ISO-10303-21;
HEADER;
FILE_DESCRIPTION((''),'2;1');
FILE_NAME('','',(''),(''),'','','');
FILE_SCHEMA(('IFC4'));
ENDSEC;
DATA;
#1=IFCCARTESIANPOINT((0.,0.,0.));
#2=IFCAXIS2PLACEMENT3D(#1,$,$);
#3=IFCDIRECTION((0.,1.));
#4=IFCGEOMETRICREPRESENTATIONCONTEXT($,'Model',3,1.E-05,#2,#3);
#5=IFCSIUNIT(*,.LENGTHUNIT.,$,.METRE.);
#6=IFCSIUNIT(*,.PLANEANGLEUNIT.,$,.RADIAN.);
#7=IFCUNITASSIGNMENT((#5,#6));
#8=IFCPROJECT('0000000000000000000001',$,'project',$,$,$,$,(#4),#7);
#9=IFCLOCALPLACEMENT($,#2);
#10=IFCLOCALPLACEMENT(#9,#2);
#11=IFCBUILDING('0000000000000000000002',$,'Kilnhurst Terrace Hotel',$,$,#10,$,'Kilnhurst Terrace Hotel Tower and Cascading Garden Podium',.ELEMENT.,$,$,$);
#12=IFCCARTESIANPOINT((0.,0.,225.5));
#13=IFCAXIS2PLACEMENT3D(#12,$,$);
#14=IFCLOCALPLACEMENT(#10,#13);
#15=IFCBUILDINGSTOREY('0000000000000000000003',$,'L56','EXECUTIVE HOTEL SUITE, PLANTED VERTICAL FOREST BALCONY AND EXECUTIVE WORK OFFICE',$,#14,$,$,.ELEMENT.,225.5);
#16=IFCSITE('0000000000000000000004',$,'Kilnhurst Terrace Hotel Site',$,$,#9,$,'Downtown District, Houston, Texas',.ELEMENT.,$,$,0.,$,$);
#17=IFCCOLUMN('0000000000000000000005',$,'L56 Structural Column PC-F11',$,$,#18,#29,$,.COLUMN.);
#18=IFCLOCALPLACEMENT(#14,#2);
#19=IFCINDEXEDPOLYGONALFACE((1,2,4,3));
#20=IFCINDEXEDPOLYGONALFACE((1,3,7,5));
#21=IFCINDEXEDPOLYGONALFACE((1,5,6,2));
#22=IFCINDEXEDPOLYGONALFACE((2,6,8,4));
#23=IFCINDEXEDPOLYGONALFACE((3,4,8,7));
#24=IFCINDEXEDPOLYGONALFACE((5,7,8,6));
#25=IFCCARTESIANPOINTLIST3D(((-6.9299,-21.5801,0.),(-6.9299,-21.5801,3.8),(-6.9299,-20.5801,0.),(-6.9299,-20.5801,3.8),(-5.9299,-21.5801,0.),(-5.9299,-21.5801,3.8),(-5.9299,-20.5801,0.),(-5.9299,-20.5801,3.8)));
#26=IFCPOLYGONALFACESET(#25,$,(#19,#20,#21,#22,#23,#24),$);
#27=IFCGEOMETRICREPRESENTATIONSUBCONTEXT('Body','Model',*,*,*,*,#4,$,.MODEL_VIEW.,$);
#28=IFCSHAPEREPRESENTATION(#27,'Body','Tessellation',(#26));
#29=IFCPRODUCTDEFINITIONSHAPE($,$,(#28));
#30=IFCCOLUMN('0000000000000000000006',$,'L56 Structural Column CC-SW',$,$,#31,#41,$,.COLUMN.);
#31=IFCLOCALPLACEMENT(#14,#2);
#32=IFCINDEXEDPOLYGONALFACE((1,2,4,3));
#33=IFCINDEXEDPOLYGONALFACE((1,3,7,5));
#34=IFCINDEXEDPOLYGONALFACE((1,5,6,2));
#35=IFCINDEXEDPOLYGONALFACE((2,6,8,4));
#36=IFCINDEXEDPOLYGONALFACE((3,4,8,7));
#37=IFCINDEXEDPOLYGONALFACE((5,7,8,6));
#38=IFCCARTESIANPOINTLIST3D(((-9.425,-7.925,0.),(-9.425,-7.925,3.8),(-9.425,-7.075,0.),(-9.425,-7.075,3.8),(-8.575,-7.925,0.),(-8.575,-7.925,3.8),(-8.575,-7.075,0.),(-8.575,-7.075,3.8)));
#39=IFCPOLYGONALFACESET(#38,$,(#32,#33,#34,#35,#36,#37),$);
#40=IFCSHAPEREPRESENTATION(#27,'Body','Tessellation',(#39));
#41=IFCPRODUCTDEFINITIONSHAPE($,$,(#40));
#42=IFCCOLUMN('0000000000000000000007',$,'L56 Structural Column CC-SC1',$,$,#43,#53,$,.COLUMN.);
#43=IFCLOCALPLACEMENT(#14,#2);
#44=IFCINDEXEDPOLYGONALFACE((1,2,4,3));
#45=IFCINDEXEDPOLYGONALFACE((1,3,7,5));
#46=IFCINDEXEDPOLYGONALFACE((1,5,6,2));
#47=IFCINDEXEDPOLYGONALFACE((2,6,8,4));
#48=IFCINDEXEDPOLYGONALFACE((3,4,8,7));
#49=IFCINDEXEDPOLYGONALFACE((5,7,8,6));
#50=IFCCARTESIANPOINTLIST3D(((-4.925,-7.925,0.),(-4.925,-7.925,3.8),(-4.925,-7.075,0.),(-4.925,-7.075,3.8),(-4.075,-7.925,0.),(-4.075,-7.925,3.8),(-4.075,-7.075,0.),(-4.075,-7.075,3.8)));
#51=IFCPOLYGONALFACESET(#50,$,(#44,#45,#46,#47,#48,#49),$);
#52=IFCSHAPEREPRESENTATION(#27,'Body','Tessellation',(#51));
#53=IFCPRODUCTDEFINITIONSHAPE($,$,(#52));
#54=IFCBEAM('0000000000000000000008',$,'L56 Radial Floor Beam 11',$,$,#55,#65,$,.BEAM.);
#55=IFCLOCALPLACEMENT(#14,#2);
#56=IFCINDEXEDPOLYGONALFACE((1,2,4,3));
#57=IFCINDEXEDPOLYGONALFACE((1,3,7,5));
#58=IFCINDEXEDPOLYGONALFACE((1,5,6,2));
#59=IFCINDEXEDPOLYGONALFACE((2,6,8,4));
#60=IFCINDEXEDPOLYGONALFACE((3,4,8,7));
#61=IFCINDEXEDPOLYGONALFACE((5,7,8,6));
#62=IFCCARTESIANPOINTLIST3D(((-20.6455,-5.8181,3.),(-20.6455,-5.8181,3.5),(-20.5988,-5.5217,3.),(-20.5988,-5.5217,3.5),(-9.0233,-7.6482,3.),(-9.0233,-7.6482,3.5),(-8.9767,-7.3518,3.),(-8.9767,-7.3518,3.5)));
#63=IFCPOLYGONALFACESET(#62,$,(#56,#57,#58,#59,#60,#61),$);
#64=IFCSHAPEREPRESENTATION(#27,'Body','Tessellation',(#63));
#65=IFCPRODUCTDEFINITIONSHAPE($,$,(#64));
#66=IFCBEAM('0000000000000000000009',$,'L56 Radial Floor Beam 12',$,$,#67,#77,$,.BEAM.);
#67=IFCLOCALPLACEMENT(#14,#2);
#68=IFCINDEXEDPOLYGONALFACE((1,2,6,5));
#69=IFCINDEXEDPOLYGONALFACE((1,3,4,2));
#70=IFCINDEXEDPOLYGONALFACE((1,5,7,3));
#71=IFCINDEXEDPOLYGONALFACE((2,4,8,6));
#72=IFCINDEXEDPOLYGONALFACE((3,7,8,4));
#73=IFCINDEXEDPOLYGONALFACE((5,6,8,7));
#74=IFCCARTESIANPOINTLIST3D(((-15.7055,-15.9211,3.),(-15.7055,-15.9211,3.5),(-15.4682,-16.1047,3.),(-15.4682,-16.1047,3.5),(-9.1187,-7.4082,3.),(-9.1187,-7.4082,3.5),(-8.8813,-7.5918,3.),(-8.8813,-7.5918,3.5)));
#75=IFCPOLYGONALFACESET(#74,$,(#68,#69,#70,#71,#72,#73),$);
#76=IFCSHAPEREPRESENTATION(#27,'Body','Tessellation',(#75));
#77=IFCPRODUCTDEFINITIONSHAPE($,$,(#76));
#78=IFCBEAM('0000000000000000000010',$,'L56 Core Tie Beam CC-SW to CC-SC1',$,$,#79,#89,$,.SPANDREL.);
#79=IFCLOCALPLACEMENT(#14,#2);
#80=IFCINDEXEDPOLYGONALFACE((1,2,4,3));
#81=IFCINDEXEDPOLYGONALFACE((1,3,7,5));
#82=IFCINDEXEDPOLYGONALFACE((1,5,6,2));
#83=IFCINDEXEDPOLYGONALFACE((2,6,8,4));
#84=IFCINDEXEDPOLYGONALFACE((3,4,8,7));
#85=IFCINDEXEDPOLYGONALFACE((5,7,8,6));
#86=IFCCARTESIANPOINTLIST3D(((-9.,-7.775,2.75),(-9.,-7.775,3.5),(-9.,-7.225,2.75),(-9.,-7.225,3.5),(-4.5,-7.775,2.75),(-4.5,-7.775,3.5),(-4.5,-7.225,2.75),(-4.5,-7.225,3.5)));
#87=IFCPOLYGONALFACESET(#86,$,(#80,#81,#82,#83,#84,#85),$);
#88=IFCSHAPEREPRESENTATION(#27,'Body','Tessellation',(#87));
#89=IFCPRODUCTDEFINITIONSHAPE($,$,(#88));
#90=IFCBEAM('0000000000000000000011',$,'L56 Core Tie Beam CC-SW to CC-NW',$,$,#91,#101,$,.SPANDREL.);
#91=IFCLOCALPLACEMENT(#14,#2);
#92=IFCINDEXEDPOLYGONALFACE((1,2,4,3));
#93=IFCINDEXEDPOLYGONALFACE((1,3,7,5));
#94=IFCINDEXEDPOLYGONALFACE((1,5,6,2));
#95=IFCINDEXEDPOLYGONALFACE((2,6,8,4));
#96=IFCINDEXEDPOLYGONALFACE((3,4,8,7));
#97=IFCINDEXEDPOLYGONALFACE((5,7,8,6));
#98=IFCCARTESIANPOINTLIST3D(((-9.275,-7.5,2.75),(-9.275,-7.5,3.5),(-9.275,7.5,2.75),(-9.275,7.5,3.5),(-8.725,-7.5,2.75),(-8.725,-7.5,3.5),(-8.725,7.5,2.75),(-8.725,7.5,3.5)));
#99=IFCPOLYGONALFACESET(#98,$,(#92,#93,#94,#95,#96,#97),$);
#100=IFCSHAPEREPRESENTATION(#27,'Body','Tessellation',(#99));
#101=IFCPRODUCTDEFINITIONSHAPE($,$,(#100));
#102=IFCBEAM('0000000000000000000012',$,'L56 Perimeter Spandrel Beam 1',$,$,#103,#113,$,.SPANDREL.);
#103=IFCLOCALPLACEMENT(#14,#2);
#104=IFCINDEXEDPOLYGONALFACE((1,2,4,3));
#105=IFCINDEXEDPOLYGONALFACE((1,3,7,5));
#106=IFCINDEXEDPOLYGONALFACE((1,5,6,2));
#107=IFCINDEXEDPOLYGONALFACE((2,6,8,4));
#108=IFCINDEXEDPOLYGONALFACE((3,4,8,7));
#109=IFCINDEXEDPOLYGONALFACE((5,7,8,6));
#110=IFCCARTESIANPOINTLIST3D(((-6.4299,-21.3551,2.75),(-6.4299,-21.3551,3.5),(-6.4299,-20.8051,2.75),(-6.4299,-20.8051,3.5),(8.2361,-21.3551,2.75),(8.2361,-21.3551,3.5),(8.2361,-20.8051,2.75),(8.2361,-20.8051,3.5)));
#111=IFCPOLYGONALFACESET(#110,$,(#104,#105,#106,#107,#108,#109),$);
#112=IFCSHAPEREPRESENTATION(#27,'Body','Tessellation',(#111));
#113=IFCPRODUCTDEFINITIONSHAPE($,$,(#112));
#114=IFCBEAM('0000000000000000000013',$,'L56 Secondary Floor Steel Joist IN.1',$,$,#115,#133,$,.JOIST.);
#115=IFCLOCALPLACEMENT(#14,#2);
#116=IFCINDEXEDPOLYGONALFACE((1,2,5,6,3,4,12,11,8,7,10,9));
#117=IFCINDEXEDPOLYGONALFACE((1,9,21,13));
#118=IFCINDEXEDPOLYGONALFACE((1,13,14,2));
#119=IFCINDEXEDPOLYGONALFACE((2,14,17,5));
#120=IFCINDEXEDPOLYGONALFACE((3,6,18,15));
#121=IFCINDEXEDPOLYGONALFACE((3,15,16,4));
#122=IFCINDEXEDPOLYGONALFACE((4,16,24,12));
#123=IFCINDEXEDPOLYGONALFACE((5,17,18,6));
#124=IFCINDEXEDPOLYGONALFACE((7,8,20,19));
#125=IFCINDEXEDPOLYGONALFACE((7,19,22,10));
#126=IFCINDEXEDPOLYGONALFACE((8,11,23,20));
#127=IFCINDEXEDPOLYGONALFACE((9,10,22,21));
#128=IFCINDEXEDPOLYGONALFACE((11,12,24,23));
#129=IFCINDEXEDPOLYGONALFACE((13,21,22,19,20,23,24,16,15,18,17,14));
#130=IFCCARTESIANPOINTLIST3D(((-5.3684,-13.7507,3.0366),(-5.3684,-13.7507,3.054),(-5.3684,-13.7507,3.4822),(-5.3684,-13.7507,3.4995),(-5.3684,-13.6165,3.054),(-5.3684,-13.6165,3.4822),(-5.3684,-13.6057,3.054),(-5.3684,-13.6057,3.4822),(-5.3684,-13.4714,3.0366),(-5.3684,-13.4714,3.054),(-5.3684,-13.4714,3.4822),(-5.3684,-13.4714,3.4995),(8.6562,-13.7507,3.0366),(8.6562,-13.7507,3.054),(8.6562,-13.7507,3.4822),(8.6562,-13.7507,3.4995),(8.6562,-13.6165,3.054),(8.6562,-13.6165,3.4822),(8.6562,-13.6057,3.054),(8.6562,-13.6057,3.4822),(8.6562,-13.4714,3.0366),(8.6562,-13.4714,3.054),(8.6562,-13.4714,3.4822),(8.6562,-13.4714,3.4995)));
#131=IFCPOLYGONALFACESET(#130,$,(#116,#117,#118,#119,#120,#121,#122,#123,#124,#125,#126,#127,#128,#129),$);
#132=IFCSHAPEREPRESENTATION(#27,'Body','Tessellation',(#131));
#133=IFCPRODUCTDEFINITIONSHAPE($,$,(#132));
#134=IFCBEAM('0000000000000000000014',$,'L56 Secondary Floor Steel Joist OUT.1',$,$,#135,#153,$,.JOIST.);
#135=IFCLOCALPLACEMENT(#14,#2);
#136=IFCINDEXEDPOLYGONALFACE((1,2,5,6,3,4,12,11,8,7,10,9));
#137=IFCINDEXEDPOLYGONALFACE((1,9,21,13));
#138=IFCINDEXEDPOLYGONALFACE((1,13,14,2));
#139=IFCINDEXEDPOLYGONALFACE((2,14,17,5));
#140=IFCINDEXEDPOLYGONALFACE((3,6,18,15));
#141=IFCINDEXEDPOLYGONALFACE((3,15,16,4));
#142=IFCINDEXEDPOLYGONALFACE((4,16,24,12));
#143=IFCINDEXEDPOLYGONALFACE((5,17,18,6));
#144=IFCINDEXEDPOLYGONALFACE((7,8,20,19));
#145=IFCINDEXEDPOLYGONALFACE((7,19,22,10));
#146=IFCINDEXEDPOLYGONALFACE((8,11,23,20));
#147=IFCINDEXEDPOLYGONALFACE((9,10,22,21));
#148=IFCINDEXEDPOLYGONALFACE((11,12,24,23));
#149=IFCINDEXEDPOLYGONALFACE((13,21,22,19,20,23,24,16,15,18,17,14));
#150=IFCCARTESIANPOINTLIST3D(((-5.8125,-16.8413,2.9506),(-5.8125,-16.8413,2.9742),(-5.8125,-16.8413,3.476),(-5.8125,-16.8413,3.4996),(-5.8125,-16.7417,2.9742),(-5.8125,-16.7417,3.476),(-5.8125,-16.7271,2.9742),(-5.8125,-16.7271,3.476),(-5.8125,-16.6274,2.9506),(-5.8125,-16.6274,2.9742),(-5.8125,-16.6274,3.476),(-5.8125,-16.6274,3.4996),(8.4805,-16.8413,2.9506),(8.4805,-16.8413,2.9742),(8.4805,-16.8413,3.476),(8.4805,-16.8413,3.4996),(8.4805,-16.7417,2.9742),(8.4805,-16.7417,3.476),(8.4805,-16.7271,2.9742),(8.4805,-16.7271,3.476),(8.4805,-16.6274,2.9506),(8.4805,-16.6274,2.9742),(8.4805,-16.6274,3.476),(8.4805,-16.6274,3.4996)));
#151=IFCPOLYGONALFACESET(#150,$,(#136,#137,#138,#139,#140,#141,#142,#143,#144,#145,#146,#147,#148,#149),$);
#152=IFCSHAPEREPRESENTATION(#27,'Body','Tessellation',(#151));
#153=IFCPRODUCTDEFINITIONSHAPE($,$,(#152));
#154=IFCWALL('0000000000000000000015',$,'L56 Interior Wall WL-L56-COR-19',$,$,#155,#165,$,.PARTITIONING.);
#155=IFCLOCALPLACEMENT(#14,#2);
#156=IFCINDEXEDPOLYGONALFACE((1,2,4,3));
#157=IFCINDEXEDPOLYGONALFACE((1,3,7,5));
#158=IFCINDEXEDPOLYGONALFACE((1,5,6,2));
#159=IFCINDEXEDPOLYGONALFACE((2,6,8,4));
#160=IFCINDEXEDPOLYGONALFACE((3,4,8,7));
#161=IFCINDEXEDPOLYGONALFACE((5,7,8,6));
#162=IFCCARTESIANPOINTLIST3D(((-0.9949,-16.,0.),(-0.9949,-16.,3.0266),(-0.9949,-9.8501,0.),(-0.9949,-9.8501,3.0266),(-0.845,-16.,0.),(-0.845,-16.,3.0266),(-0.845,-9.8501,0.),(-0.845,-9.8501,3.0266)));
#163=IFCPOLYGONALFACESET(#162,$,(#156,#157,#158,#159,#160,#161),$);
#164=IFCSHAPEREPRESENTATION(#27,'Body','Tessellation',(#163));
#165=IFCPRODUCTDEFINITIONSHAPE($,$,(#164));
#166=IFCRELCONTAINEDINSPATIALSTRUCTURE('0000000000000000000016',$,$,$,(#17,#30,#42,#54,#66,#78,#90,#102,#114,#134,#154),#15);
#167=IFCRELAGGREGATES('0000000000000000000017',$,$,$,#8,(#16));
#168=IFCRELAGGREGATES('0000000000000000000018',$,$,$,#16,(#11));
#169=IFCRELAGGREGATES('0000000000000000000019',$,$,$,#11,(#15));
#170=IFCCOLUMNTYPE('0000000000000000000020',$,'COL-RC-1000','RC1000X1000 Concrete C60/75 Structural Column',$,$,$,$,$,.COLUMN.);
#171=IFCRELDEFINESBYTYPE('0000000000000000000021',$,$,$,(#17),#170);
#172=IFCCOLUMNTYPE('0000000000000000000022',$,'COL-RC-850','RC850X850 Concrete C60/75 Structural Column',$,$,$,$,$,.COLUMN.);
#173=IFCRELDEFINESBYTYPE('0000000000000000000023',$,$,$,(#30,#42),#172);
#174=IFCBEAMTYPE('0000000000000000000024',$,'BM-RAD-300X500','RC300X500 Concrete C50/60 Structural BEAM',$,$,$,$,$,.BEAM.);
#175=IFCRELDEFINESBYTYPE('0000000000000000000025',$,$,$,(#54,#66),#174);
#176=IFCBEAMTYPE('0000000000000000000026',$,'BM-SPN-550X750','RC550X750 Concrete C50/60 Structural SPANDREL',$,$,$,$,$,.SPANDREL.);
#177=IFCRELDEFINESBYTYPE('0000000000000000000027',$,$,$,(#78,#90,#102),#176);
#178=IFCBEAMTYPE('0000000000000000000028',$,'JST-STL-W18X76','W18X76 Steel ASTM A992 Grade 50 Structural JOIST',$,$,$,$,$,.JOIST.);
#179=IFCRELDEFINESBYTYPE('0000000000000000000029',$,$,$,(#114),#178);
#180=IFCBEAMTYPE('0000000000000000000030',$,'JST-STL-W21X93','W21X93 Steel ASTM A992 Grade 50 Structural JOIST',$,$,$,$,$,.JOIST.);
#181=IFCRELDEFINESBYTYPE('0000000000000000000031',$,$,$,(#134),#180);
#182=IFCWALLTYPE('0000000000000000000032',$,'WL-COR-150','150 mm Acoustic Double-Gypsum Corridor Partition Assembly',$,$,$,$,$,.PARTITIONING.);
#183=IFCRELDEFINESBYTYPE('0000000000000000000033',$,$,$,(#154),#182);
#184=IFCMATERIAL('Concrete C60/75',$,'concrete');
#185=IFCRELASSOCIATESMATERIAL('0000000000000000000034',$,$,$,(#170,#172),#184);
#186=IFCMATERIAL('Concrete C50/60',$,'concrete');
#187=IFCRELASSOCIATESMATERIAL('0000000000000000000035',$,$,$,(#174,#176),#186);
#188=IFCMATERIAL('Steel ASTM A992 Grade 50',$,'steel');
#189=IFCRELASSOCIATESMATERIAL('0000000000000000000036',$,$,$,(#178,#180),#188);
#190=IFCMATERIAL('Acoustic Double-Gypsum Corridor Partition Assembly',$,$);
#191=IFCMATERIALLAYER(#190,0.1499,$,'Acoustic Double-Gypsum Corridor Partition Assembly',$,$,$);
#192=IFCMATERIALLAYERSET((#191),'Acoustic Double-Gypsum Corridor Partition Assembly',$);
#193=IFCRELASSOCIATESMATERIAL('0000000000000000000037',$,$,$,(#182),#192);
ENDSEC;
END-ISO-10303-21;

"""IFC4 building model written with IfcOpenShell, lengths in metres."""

from ifc_helpers import new_model, si_unit, direction, frame, frame_2d, origin, origin_2d, place, context, subcontext, project, spatial, rectangle, i_section, extrude, material, layer, layer_set, material_profile, profile_set, type_object, element, save


model = new_model("IFC4")

# Units and contexts
model_context = context("Model", 3, precision=1e-05, world=origin(), true_north=direction((0.0, 1.0)))
body_context = subcontext(model_context, "Body", "Model", "MODEL_VIEW")
ifc_project = project(units=[si_unit("LENGTHUNIT", "METRE"), si_unit("PLANEANGLEUNIT", "RADIAN")], contexts=[model_context])

# Site, building, storey
site_placement = place(None, origin())
site = spatial("IfcSite", under=ifc_project, at=site_placement, Name="Kilnhurst Terrace Hotel Site", LongName="Downtown District, Houston, Texas", CompositionType="ELEMENT", RefElevation=0.0)
building_placement = place(site_placement, origin())
building = spatial("IfcBuilding", under=site, at=building_placement, Name="Kilnhurst Terrace Hotel", LongName="Kilnhurst Terrace Hotel Tower and Cascading Garden Podium", CompositionType="ELEMENT")
storey_placement = place(building_placement, frame((0.0, 0.0, 225.5)))
storey = spatial("IfcBuildingStorey", under=building, at=storey_placement, Name="L56", Description="EXECUTIVE HOTEL SUITE, PLANTED VERTICAL FOREST BALCONY AND EXECUTIVE WORK OFFICE", CompositionType="ELEMENT", Elevation=225.5)

# Columns
ifc_material_1 = material(Name="Concrete C60/75", Category="concrete")
ifc_material_profile_1 = material_profile(ifc_material_1, rectangle(XDim=1.0, YDim=1.0, at=origin_2d()), Name="RC1000X1000")
ifc_profile_set_1 = profile_set([ifc_material_profile_1], Name="Concrete C60/75")
column_type_1 = type_object("IfcColumnType", Name="COL-RC-1000", Description="RC1000X1000 Concrete C60/75 Structural Column", PredefinedType="COLUMN", material=ifc_profile_set_1)
column_placement = place(storey_placement, frame((-6.4299, -21.0801, 0.0), z_axis=(0.0, 0.0, 1.0), x_axis=(1.0, 0.0, 0.0)))
element("IfcColumn", 1, at=column_placement, inside=storey, type_object=column_type_1, Name="L56 Structural Column PC-F11", PredefinedType="COLUMN", context=body_context, shape_type="SweptSolid", body=[
    extrude(rectangle(XDim=1.0, YDim=1.0, at=origin_2d()), origin(), (0.0, 0.0, 1.0), 3.8),
])
ifc_material_profile_2 = material_profile(ifc_material_1, rectangle(XDim=0.8501, YDim=0.8501, at=origin_2d()), Name="RC850X850")
ifc_profile_set_2 = profile_set([ifc_material_profile_2], Name="Concrete C60/75")
column_type_2 = type_object("IfcColumnType", Name="COL-RC-850", Description="RC850X850 Concrete C60/75 Structural Column", PredefinedType="COLUMN", material=ifc_profile_set_2)
for number, where, z_axis, x_axis, name in (
    (2, (-9.0, -7.5, 0.0), (0.0, 0.0, 1.0), (1.0, 0.0, 0.0), "L56 Structural Column CC-SW"),
    (3, (-4.5, -7.5, 0.0), (0.0, 0.0, 1.0), (1.0, 0.0, 0.0), "L56 Structural Column CC-SC1"),
):
    element("IfcColumn", number, at=place(storey_placement, frame(where, z_axis=z_axis, x_axis=x_axis)), inside=storey, type_object=column_type_2, Name=name, PredefinedType="COLUMN", context=body_context, shape_type="SweptSolid", body=[
        extrude(rectangle(XDim=0.8501, YDim=0.8501, at=origin_2d()), origin(), (0.0, 0.0, 1.0), 3.8),
    ])

# Beams
ifc_material_2 = material(Name="Concrete C50/60", Category="concrete")
ifc_material_profile_3 = material_profile(ifc_material_2, rectangle(XDim=0.3, YDim=0.5, at=origin_2d()), Name="RC300X500")
ifc_profile_set_3 = profile_set([ifc_material_profile_3], Name="Concrete C50/60")
beam_type_1 = type_object("IfcBeamType", Name="BM-RAD-300X500", Description="RC300X500 Concrete C50/60 Structural BEAM", PredefinedType="BEAM", material=ifc_profile_set_3)
beam_1_placement = place(storey_placement, frame((-9.0, -7.5, 3.25), z_axis=(-0.987828, 0.155549, 0.0), x_axis=(-0.155549, -0.987828, 0.0)))
element("IfcBeam", 4, at=beam_1_placement, inside=storey, type_object=beam_type_1, Name="L56 Radial Floor Beam 11", PredefinedType="BEAM", context=body_context, shape_type="SweptSolid", body=[
    extrude(rectangle(XDim=0.3, YDim=0.5, at=origin_2d()), origin(), (0.0, 0.0, 1.0), 11.7654),
])
beam_2_placement = place(storey_placement, frame((-9.0, -7.5, 3.25), z_axis=(-0.611955, -0.790892, 0.0), x_axis=(0.790892, -0.611955, 0.0)))
element("IfcBeam", 5, at=beam_2_placement, inside=storey, type_object=beam_type_1, Name="L56 Radial Floor Beam 12", PredefinedType="BEAM", context=body_context, shape_type="SweptSolid", body=[
    extrude(rectangle(XDim=0.3, YDim=0.5, at=origin_2d()), origin(), (0.0, 0.0, 1.0), 10.7637),
])
ifc_material_profile_4 = material_profile(ifc_material_2, rectangle(XDim=0.55, YDim=0.75, at=origin_2d()), Name="RC550X750")
ifc_profile_set_4 = profile_set([ifc_material_profile_4], Name="Concrete C50/60")
beam_type_2 = type_object("IfcBeamType", Name="BM-SPN-550X750", Description="RC550X750 Concrete C50/60 Structural SPANDREL", PredefinedType="SPANDREL", material=ifc_profile_set_4)
beam_3_placement = place(storey_placement, frame((-9.0, -7.5, 3.125), z_axis=(1.0, 0.0, 0.0), x_axis=(0.0, 1.0, 0.0)))
element("IfcBeam", 6, at=beam_3_placement, inside=storey, type_object=beam_type_2, Name="L56 Core Tie Beam CC-SW to CC-SC1", PredefinedType="SPANDREL", context=body_context, shape_type="SweptSolid", body=[
    extrude(rectangle(XDim=0.55, YDim=0.75, at=origin_2d()), origin(), (0.0, 0.0, 1.0), 4.5),
])
beam_4_placement = place(storey_placement, frame((-9.0, -7.5, 3.125), z_axis=(0.0, 1.0, 0.0), x_axis=(-1.0, 0.0, 0.0)))
element("IfcBeam", 7, at=beam_4_placement, inside=storey, type_object=beam_type_2, Name="L56 Core Tie Beam CC-SW to CC-NW", PredefinedType="SPANDREL", context=body_context, shape_type="SweptSolid", body=[
    extrude(rectangle(XDim=0.55, YDim=0.75, at=origin_2d()), origin(), (0.0, 0.0, 1.0), 15.0),
])
beam_5_placement = place(storey_placement, frame((-6.4299, -21.0801, 3.125), z_axis=(1.0, 0.0, 0.0), x_axis=(0.0, 1.0, 0.0)))
element("IfcBeam", 8, at=beam_5_placement, inside=storey, type_object=beam_type_2, Name="L56 Perimeter Spandrel Beam 1", PredefinedType="SPANDREL", context=body_context, shape_type="SweptSolid", body=[
    extrude(rectangle(XDim=0.55, YDim=0.75, at=origin_2d()), origin(), (0.0, 0.0, 1.0), 14.666),
])
ifc_material_3 = material(Name="Steel ASTM A992 Grade 50", Category="steel")
ifc_material_profile_5 = material_profile(ifc_material_3, i_section(OverallWidth=0.2793, OverallDepth=0.4629, WebThickness=0.0107, FlangeThickness=0.0173, at=origin_2d()), Name="W18X76")
ifc_profile_set_5 = profile_set([ifc_material_profile_5], Name="Steel ASTM A992 Grade 50")
beam_type_3 = type_object("IfcBeamType", Name="JST-STL-W18X76", Description="W18X76 Steel ASTM A992 Grade 50 Structural JOIST", PredefinedType="JOIST", material=ifc_profile_set_5)
beam_6_placement = place(storey_placement, frame((-5.3684, -13.6111, 3.2681), z_axis=(1.0, 0.0, 0.0), x_axis=(0.0, 1.0, 0.0)))
element("IfcBeam", 9, at=beam_6_placement, inside=storey, type_object=beam_type_3, Name="L56 Secondary Floor Steel Joist IN.1", PredefinedType="JOIST", context=body_context, shape_type="SweptSolid", body=[
    extrude(i_section(OverallWidth=0.2793, OverallDepth=0.4629, WebThickness=0.0107, FlangeThickness=0.0173, at=origin_2d()), origin(), (0.0, 0.0, 1.0), 14.0247),
])
ifc_material_profile_6 = material_profile(ifc_material_3, i_section(OverallWidth=0.2139, OverallDepth=0.5491, WebThickness=0.0146, FlangeThickness=0.0237, at=origin_2d()), Name="W21X93")
ifc_profile_set_6 = profile_set([ifc_material_profile_6], Name="Steel ASTM A992 Grade 50")
beam_type_4 = type_object("IfcBeamType", Name="JST-STL-W21X93", Description="W21X93 Steel ASTM A992 Grade 50 Structural JOIST", PredefinedType="JOIST", material=ifc_profile_set_6)
beam_7_placement = place(storey_placement, frame((-5.8125, -16.7344, 3.2251), z_axis=(1.0, 0.0, 0.0), x_axis=(0.0, 1.0, 0.0)))
element("IfcBeam", 10, at=beam_7_placement, inside=storey, type_object=beam_type_4, Name="L56 Secondary Floor Steel Joist OUT.1", PredefinedType="JOIST", context=body_context, shape_type="SweptSolid", body=[
    extrude(i_section(OverallWidth=0.2139, OverallDepth=0.5491, WebThickness=0.0146, FlangeThickness=0.0237, at=origin_2d()), origin(), (0.0, 0.0, 1.0), 14.293),
])

# Wall
ifc_material_4 = material(Name="Acoustic Double-Gypsum Corridor Partition Assembly")
ifc_layer_1 = layer(ifc_material_4, 0.1499, Name="Acoustic Double-Gypsum Corridor Partition Assembly")
ifc_layer_set_1 = layer_set([ifc_layer_1], Name="Acoustic Double-Gypsum Corridor Partition Assembly")
wall_type_1 = type_object("IfcWallType", Name="WL-COR-150", Description="150 mm Acoustic Double-Gypsum Corridor Partition Assembly", PredefinedType="PARTITIONING", material=ifc_layer_set_1)
wall_1_placement = place(storey_placement, frame((-0.9199, -16.0, 0.0), z_axis=(0.0, 0.0, 1.0), x_axis=(0.0, 1.0, 0.0)))
element("IfcWall", 11, at=wall_1_placement, inside=storey, type_object=wall_type_1, Name="L56 Interior Wall WL-L56-COR-19", PredefinedType="PARTITIONING", context=body_context, shape_type="SweptSolid", body=[
    extrude(rectangle(XDim=6.1499, YDim=0.1499, at=frame_2d((3.075, 0.0))), origin(), (0.0, 0.0, 1.0), 3.0266),
])

save(model, "model.ifc")
